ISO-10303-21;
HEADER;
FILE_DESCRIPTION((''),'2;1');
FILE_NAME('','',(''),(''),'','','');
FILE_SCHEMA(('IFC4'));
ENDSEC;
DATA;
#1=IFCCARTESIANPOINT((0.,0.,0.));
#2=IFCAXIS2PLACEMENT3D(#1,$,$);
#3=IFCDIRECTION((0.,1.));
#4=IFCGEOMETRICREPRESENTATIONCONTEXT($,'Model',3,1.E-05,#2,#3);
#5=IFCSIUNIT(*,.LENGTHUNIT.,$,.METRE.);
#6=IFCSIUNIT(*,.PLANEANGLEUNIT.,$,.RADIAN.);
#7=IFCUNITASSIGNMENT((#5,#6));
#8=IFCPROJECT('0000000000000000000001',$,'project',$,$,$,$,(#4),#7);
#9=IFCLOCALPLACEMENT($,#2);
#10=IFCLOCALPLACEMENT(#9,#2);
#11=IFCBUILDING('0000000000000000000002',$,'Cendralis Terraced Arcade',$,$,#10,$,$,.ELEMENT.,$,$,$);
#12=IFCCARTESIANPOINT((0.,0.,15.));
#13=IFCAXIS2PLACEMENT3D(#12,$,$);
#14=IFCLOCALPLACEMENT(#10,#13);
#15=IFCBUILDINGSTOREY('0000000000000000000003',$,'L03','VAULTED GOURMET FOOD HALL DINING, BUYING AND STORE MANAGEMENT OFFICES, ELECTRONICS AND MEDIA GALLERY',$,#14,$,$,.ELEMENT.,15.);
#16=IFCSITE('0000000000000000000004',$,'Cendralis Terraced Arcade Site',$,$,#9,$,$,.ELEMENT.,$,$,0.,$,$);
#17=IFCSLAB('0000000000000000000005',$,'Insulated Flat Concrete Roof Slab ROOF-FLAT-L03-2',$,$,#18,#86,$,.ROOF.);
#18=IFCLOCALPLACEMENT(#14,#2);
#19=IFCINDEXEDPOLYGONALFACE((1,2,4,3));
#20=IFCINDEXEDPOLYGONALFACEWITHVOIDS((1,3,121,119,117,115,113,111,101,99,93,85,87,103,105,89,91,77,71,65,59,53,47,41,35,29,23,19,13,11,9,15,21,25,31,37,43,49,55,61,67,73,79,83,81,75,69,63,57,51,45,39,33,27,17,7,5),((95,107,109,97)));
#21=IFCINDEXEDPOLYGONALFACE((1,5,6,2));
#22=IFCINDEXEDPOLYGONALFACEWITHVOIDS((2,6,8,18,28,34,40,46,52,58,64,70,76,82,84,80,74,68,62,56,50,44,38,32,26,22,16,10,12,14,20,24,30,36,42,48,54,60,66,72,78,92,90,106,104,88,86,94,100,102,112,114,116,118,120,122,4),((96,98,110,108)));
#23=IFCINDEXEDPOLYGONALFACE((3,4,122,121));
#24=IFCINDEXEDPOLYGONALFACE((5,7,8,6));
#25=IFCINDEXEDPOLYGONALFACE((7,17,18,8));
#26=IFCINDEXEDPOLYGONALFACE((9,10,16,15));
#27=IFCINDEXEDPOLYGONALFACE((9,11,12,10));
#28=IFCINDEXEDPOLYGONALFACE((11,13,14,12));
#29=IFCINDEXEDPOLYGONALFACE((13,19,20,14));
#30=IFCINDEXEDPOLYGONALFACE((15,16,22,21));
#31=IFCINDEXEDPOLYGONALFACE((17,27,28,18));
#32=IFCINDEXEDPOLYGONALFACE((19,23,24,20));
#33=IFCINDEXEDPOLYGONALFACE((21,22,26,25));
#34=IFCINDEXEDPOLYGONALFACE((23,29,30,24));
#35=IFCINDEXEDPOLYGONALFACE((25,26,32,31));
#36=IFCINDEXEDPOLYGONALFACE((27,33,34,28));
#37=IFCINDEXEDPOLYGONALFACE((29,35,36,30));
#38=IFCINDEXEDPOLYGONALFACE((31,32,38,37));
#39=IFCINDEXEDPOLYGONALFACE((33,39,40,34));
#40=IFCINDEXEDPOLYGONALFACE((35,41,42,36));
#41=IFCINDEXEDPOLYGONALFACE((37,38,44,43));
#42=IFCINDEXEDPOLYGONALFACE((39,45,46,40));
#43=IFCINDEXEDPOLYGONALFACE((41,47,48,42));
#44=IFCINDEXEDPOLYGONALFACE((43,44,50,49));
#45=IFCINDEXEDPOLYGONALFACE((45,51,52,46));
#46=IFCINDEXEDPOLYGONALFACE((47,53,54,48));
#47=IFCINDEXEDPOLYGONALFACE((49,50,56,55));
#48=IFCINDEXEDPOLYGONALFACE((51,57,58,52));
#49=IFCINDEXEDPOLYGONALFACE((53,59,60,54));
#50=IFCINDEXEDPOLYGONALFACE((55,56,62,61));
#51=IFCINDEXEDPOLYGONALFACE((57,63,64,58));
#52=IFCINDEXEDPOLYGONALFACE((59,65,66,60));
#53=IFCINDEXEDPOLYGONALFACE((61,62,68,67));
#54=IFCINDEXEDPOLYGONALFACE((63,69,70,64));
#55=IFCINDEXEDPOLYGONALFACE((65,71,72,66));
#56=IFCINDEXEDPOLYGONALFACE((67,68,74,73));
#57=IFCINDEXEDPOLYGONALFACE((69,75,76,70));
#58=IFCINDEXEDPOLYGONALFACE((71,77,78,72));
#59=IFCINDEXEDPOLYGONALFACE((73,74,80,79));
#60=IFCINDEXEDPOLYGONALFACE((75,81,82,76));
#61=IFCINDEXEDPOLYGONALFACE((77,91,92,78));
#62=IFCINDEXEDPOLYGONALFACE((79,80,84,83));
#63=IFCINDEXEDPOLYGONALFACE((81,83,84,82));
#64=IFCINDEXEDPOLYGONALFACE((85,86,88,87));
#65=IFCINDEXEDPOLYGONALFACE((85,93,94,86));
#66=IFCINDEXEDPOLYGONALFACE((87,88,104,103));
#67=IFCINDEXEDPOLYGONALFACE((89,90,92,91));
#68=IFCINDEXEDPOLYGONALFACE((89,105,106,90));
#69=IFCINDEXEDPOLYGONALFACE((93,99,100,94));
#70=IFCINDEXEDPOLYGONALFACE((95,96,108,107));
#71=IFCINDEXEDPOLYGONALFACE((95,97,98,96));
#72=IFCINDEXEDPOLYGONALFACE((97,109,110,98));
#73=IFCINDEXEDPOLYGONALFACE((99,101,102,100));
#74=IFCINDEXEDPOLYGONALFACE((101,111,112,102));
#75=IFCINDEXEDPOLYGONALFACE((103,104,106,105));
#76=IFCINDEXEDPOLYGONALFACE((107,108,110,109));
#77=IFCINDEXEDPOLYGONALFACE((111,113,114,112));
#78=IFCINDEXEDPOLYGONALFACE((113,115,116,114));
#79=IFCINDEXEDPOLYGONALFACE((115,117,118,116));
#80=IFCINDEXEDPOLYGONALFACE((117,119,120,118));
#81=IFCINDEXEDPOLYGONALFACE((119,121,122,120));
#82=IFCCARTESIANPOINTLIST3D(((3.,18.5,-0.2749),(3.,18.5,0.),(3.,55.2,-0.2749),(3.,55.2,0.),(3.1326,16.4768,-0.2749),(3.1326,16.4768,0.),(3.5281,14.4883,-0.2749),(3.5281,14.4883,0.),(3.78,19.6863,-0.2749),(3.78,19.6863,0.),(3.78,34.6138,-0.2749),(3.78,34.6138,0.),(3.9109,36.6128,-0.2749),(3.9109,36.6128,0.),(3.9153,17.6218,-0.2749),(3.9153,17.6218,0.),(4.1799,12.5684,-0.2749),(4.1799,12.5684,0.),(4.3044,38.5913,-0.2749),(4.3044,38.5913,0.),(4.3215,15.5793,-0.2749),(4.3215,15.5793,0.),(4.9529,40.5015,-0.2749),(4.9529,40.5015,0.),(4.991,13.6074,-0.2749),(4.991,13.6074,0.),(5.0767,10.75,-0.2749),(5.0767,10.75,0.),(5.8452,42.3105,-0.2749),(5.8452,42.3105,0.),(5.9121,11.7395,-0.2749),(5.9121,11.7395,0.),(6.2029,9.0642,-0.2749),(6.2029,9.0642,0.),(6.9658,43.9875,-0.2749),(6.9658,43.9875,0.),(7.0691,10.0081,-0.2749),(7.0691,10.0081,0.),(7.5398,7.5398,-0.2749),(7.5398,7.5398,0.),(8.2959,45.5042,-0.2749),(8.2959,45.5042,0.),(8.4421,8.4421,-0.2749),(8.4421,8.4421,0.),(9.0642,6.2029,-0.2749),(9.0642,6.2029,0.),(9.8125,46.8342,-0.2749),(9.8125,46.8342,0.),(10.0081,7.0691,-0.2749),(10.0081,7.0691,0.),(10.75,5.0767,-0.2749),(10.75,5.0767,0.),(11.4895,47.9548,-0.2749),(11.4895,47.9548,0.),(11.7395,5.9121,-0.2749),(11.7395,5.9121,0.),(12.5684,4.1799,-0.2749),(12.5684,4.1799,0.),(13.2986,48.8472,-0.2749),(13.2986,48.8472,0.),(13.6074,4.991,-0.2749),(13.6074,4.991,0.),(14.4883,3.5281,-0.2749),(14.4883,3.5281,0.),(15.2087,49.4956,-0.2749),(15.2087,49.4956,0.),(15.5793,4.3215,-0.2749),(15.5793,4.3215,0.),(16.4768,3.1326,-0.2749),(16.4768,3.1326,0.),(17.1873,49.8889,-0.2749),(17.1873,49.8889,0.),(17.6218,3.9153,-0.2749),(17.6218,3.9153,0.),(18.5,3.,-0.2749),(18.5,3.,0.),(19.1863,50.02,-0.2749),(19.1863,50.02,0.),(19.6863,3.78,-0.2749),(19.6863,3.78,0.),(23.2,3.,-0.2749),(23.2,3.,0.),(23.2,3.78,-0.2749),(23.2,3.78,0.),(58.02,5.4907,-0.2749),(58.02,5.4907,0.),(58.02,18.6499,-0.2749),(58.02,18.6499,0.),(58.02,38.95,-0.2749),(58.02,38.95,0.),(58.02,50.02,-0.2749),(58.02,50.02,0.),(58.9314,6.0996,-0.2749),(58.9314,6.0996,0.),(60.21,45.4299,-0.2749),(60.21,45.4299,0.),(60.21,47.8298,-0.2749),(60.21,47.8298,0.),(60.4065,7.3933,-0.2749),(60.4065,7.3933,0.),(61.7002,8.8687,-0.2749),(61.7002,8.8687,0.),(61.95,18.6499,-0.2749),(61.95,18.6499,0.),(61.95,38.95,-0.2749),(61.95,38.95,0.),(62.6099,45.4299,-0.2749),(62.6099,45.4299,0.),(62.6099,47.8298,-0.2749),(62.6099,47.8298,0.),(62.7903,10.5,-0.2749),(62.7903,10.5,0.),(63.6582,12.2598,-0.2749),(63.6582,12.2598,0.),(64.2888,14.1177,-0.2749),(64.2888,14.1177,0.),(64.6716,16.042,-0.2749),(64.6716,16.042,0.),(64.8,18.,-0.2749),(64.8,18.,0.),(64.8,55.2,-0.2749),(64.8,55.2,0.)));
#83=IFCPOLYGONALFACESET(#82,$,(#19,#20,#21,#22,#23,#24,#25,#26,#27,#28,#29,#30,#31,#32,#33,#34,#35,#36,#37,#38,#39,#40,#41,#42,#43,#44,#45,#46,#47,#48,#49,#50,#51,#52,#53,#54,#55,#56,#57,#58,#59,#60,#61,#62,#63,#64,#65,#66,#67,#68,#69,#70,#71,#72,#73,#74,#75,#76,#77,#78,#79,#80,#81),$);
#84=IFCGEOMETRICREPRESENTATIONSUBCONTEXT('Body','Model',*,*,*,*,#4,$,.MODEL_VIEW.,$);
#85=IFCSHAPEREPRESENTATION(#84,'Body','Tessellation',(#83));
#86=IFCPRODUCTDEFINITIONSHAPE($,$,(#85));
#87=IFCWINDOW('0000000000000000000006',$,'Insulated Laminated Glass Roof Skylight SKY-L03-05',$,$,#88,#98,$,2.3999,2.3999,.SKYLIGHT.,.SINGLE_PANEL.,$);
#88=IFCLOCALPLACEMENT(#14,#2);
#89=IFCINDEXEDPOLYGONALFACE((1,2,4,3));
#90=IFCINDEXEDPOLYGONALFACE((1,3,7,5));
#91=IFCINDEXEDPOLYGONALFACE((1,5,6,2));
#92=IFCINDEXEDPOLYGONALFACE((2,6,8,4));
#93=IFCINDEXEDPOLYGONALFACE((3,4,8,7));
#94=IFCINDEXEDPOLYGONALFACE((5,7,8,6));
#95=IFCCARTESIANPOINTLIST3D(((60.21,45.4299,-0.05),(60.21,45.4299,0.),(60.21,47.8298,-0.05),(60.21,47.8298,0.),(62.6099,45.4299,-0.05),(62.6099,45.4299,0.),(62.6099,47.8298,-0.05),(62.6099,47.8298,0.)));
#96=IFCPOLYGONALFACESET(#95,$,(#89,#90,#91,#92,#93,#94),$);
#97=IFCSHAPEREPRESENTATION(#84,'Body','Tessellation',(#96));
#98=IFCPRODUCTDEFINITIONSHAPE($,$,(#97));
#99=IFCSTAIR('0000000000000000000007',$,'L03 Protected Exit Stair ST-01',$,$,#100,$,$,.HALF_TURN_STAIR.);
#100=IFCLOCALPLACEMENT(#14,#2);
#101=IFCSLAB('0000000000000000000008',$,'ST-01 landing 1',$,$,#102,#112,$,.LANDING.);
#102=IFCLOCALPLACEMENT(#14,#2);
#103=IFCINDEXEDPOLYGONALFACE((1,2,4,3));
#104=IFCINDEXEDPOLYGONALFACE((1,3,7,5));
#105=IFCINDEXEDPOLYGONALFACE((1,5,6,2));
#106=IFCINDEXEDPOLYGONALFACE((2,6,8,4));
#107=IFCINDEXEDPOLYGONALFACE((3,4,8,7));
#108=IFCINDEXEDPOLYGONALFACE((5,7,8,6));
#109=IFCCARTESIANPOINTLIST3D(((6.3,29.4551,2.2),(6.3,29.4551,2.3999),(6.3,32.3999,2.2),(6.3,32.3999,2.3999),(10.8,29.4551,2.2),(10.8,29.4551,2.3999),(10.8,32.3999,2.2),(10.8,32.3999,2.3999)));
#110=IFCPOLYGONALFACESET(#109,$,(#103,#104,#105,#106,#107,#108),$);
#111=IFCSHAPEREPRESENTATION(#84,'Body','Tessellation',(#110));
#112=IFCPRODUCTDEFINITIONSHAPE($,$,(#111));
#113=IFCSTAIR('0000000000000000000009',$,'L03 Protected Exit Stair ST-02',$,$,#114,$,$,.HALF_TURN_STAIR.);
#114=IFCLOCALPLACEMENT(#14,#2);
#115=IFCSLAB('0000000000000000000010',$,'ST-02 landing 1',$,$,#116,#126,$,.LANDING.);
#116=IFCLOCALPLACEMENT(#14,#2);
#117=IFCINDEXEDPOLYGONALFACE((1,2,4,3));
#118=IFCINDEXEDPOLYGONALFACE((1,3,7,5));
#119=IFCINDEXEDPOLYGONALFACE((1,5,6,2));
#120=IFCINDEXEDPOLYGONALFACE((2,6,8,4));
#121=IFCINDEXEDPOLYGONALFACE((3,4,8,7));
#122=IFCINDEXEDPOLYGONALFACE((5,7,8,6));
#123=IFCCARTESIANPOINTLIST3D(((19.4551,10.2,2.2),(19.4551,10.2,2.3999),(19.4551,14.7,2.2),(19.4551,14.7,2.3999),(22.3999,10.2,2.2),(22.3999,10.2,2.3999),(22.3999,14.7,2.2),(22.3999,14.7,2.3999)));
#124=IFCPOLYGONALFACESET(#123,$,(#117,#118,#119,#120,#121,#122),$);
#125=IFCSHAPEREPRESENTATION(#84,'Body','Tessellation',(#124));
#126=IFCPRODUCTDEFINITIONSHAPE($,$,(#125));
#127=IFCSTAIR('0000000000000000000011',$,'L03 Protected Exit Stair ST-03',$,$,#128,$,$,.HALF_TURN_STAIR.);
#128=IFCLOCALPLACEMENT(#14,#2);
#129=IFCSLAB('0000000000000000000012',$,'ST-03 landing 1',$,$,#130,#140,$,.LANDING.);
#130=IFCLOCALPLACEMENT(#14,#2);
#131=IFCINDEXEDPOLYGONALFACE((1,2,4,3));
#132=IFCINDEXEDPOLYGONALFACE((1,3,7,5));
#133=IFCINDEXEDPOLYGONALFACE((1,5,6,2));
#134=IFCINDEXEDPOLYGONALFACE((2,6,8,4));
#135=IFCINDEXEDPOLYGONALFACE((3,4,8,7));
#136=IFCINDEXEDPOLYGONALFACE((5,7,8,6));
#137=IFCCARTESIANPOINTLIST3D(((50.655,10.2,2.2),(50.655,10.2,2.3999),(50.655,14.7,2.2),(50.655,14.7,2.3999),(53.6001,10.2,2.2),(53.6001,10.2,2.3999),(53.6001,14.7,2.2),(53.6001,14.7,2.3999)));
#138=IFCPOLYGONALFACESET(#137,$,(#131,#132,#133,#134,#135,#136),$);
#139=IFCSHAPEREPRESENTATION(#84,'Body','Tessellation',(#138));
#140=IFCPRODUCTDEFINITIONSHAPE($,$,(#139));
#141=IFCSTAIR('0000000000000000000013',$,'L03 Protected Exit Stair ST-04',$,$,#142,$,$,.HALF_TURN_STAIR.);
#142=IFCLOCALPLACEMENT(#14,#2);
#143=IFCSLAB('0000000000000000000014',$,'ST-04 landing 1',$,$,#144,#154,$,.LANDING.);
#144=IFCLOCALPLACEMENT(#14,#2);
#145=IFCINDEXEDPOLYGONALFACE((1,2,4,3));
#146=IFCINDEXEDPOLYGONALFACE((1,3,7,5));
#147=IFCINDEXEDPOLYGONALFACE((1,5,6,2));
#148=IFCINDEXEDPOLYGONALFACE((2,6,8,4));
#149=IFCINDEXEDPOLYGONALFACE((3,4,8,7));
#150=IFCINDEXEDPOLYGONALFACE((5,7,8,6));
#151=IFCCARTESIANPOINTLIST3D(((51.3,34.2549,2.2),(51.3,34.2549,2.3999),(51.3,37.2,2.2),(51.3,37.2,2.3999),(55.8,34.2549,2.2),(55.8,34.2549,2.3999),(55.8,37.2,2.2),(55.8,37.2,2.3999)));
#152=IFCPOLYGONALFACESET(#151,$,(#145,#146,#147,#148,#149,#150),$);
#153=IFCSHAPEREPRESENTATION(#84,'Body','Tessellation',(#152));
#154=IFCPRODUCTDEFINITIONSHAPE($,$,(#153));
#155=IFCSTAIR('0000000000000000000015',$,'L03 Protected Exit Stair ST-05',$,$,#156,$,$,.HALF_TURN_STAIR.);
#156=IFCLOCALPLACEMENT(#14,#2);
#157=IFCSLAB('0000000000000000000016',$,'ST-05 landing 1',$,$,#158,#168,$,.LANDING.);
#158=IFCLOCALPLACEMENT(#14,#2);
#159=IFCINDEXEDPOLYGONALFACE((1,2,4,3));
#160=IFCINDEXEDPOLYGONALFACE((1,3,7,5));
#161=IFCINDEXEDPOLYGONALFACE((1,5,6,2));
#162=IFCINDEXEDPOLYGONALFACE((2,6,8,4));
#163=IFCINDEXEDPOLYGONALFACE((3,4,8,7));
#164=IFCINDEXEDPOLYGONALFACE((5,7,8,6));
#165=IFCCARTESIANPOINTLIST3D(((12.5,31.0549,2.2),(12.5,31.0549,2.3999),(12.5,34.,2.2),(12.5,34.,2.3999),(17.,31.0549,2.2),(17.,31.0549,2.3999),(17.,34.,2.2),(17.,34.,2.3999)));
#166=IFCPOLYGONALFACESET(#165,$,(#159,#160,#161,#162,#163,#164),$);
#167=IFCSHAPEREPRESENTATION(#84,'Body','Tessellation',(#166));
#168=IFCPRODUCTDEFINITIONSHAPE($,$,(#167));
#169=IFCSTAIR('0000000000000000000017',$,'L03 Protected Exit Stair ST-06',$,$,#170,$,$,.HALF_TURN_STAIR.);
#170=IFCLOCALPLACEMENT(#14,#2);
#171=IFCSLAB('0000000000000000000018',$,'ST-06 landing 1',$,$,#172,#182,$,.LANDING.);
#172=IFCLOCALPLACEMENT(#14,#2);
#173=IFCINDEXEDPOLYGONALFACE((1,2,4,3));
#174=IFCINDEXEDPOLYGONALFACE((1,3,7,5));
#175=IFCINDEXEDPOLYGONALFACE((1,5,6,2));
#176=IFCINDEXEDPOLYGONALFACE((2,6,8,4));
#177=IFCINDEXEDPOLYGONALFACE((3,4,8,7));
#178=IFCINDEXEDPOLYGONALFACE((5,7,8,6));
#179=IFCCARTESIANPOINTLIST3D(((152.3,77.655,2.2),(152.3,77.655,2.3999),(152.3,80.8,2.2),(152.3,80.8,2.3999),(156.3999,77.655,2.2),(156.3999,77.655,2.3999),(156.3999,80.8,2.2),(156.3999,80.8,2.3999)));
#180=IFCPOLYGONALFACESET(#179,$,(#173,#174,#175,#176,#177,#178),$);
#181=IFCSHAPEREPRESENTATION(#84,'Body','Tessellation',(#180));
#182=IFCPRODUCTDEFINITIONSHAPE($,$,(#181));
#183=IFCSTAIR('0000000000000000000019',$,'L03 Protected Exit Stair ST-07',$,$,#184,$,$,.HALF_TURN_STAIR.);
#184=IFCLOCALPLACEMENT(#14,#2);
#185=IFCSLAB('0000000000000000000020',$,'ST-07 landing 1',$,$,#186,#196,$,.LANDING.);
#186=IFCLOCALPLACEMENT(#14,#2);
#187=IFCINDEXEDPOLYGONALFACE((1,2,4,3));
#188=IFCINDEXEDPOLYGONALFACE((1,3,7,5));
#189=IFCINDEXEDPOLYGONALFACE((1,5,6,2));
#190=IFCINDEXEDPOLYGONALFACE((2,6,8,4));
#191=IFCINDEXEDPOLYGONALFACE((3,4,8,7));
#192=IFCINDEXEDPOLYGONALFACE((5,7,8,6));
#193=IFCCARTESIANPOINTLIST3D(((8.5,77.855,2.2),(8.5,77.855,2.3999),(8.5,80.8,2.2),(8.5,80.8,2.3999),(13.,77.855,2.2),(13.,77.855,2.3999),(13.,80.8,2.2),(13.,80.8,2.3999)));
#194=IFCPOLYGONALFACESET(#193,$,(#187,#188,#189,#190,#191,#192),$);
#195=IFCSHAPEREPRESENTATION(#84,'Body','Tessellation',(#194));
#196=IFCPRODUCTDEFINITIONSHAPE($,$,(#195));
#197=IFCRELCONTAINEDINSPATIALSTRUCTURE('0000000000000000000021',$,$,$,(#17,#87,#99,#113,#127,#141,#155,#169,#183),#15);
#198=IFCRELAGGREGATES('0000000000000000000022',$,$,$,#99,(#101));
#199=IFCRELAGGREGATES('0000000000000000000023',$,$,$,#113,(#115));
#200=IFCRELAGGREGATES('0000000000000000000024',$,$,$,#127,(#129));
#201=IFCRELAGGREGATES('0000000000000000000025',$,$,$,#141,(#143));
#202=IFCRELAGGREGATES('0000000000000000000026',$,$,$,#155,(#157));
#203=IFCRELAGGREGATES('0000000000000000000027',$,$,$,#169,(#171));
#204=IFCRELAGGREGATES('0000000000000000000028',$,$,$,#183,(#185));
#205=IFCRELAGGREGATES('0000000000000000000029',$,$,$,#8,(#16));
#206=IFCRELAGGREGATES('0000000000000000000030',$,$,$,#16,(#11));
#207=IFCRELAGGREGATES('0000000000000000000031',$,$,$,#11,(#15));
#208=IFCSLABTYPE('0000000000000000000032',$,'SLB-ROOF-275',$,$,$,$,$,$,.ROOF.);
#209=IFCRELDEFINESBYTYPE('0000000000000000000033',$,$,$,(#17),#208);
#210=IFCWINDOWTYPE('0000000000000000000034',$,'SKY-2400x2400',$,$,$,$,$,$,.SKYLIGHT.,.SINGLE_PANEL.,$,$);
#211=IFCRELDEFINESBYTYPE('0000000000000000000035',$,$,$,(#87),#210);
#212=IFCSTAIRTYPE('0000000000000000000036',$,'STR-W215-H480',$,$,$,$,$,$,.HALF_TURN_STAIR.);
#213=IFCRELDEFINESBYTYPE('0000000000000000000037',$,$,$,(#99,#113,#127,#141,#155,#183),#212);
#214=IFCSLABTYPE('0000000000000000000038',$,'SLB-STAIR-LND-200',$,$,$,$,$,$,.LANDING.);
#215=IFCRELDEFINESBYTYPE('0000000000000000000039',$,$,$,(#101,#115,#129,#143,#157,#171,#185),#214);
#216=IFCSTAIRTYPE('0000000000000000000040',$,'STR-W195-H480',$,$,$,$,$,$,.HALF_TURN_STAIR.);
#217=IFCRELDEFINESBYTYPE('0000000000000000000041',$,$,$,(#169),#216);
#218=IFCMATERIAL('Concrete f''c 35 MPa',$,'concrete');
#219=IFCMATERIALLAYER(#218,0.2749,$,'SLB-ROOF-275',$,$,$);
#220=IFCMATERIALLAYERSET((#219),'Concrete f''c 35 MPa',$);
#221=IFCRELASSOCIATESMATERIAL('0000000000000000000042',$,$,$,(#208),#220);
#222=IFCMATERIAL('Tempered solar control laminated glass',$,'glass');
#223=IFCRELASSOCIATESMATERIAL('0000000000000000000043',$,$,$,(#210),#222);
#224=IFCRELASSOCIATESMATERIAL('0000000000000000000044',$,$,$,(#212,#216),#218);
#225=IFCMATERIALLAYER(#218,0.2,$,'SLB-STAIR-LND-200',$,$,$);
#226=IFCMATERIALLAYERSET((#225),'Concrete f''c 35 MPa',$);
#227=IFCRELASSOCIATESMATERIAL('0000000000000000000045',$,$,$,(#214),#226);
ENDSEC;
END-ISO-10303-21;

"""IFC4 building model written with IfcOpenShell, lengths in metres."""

from ifc_helpers import new_model, si_unit, direction, frame, origin, origin_2d, place, context, subcontext, project, spatial, polyline, rectangle, outline, extrude, material, layer, layer_set, type_object, element, fill, aggregate, save


model = new_model("IFC4")

# Units and contexts
model_context = context("Model", 3, precision=1e-05, world=origin(), true_north=direction((0.0, 1.0)))
body_context = subcontext(model_context, "Body", "Model", "MODEL_VIEW")
ifc_project = project(units=[si_unit("LENGTHUNIT", "METRE"), si_unit("PLANEANGLEUNIT", "RADIAN")], contexts=[model_context])

# Site, building, storey
site_placement = place(None, origin())
site = spatial("IfcSite", under=ifc_project, at=site_placement, Name="Cendralis Terraced Arcade Site", CompositionType="ELEMENT", RefElevation=0.0)
building_placement = place(site_placement, origin())
building = spatial("IfcBuilding", under=site, at=building_placement, Name="Cendralis Terraced Arcade", CompositionType="ELEMENT")
storey_placement = place(building_placement, frame((0.0, 0.0, 15.0)))
storey = spatial("IfcBuildingStorey", under=building, at=storey_placement, Name="L03", Description="VAULTED GOURMET FOOD HALL DINING, BUYING AND STORE MANAGEMENT OFFICES, ELECTRONICS AND MEDIA GALLERY", CompositionType="ELEMENT", Elevation=15.0)

# Shared definitions
ifc_material_1 = material(Name="Concrete f'c 35 MPa", Category="concrete")

# Slab, opening, window
ifc_layer_1 = layer(ifc_material_1, 0.2749, Name="SLB-ROOF-275")
ifc_layer_set_1 = layer_set([ifc_layer_1], Name="Concrete f'c 35 MPa")
slab_type_1 = type_object("IfcSlabType", Name="SLB-ROOF-275", PredefinedType="ROOF", material=ifc_layer_set_1)
ifc_material_2 = material(Name="Tempered solar control laminated glass", Category="glass")
slab_1_placement = place(storey_placement, frame((0.0, 0.0, -0.2749)))
slab_1 = element("IfcSlab", 1, at=slab_1_placement, inside=storey, type_object=slab_type_1, Name="Insulated Flat Concrete Roof Slab ROOF-FLAT-L03-2", PredefinedType="ROOF", context=body_context, shape_type="SweptSolid", body=[
    extrude(outline(polyline([(62.7903, 10.5), (61.7002, 8.8687), (60.4065, 7.3933), (58.9314, 6.0996), (58.02, 5.4907), (58.02, 18.6499), (61.95, 18.6499), (61.95, 38.95), (58.02, 38.95), (58.02, 50.02), (19.1863, 50.02), (17.1873, 49.8889), (15.2087, 49.4956), (13.2986, 48.8472), (11.4895, 47.9548), (9.8125, 46.8342), (8.2959, 45.5042), (6.9658, 43.9875), (5.8452, 42.3105), (4.9529, 40.5015), (4.3044, 38.5913), (3.9109, 36.6128), (3.78, 34.6138), (3.78, 19.6863), (3.9153, 17.6218), (4.3215, 15.5793), (4.991, 13.6074), (5.9121, 11.7395), (7.0691, 10.0081), (8.4421, 8.4421), (10.0081, 7.0691), (11.7395, 5.9121), (13.6074, 4.991), (15.5793, 4.3215), (17.6218, 3.9153), (19.6863, 3.78), (23.2, 3.78), (23.2, 3.0), (18.5, 3.0), (16.4768, 3.1326), (14.4883, 3.5281), (12.5684, 4.1799), (10.75, 5.0767), (9.0642, 6.2029), (7.5398, 7.5398), (6.2029, 9.0642), (5.0767, 10.75), (4.1799, 12.5684), (3.5281, 14.4883), (3.1326, 16.4768), (3.0, 18.5), (3.0, 55.2), (64.8, 55.2), (64.8, 18.0), (64.6716, 16.042), (64.2888, 14.1177), (63.6582, 12.2598), (62.7903, 10.5)])), origin(), (0.0, 0.0, 1.0), 0.2749),
])
opening_1_placement = place(slab_1_placement, frame((61.4099, 46.6299, 0.0)))
opening_1 = element("IfcOpeningElement", 2, at=opening_1_placement, cuts=slab_1, PredefinedType="OPENING", context=body_context, shape_type="SweptSolid", body=[
    extrude(rectangle(XDim=2.3999, YDim=2.3999, at=origin_2d()), frame((0.0, 0.0, -0.012)), (0.0, 0.0, 1.0), 0.2988),
])
window_type_1 = type_object("IfcWindowType", Name="SKY-2400x2400", PartitioningType="SINGLE_PANEL", PredefinedType="SKYLIGHT", material=ifc_material_2)
window_1_placement = place(opening_1_placement, frame((0.0, 0.0, 0.2249)))
window_1 = element("IfcWindow", 3, at=window_1_placement, inside=storey, type_object=window_type_1, Name="Insulated Laminated Glass Roof Skylight SKY-L03-05", OverallHeight=2.3999, OverallWidth=2.3999, PartitioningType="SINGLE_PANEL", PredefinedType="SKYLIGHT", context=body_context, shape_type="SweptSolid", body=[
    extrude(rectangle(XDim=2.3999, YDim=2.3999, at=origin_2d()), origin(), (0.0, 0.0, 1.0), 0.05),
])
fill(opening_1, window_1)

# Stairs, slabs
stair_type_1 = type_object("IfcStairType", Name="STR-W215-H480", PredefinedType="HALF_TURN_STAIR", material=ifc_material_1)
stair_1_placement = place(storey_placement, origin())
stair_1 = element("IfcStair", 4, at=stair_1_placement, inside=storey, type_object=stair_type_1, Name="L03 Protected Exit Stair ST-01", PredefinedType="HALF_TURN_STAIR")
ifc_layer_2 = layer(ifc_material_1, 0.2, Name="SLB-STAIR-LND-200")
ifc_layer_set_2 = layer_set([ifc_layer_2], Name="Concrete f'c 35 MPa")
slab_type_2 = type_object("IfcSlabType", Name="SLB-STAIR-LND-200", PredefinedType="LANDING", material=ifc_layer_set_2)
slab_2_placement = place(storey_placement, frame((0.0, 0.0, 2.2)))
slab_2 = element("IfcSlab", 5, at=slab_2_placement, type_object=slab_type_2, Name="ST-01 landing 1", PredefinedType="LANDING", context=body_context, shape_type="SweptSolid", body=[
    extrude(outline(polyline([(10.8, 29.4551), (10.8, 32.3999), (6.3, 32.3999), (6.3, 29.4551), (10.8, 29.4551)])), origin(), (0.0, 0.0, 1.0), 0.2),
])
aggregate(stair_1, [slab_2])
stair_2_placement = place(storey_placement, origin())
stair_2 = element("IfcStair", 6, at=stair_2_placement, inside=storey, type_object=stair_type_1, Name="L03 Protected Exit Stair ST-02", PredefinedType="HALF_TURN_STAIR")
slab_3_placement = place(storey_placement, frame((0.0, 0.0, 2.2)))
slab_3 = element("IfcSlab", 7, at=slab_3_placement, type_object=slab_type_2, Name="ST-02 landing 1", PredefinedType="LANDING", context=body_context, shape_type="SweptSolid", body=[
    extrude(outline(polyline([(19.4551, 10.2), (22.3999, 10.2), (22.3999, 14.7), (19.4551, 14.7), (19.4551, 10.2)])), origin(), (0.0, 0.0, 1.0), 0.2),
])
aggregate(stair_2, [slab_3])
stair_3_placement = place(storey_placement, origin())
stair_3 = element("IfcStair", 8, at=stair_3_placement, inside=storey, type_object=stair_type_1, Name="L03 Protected Exit Stair ST-03", PredefinedType="HALF_TURN_STAIR")
slab_4_placement = place(storey_placement, frame((0.0, 0.0, 2.2)))
slab_4 = element("IfcSlab", 9, at=slab_4_placement, type_object=slab_type_2, Name="ST-03 landing 1", PredefinedType="LANDING", context=body_context, shape_type="SweptSolid", body=[
    extrude(outline(polyline([(50.655, 10.2), (53.6001, 10.2), (53.6001, 14.7), (50.655, 14.7), (50.655, 10.2)])), origin(), (0.0, 0.0, 1.0), 0.2),
])
aggregate(stair_3, [slab_4])
stair_4_placement = place(storey_placement, origin())
stair_4 = element("IfcStair", 10, at=stair_4_placement, inside=storey, type_object=stair_type_1, Name="L03 Protected Exit Stair ST-04", PredefinedType="HALF_TURN_STAIR")
slab_5_placement = place(storey_placement, frame((0.0, 0.0, 2.2)))
slab_5 = element("IfcSlab", 11, at=slab_5_placement, type_object=slab_type_2, Name="ST-04 landing 1", PredefinedType="LANDING", context=body_context, shape_type="SweptSolid", body=[
    extrude(outline(polyline([(55.8, 34.2549), (55.8, 37.2), (51.3, 37.2), (51.3, 34.2549), (55.8, 34.2549)])), origin(), (0.0, 0.0, 1.0), 0.2),
])
aggregate(stair_4, [slab_5])
stair_5_placement = place(storey_placement, origin())
stair_5 = element("IfcStair", 12, at=stair_5_placement, inside=storey, type_object=stair_type_1, Name="L03 Protected Exit Stair ST-05", PredefinedType="HALF_TURN_STAIR")
slab_6_placement = place(storey_placement, frame((0.0, 0.0, 2.2)))
slab_6 = element("IfcSlab", 13, at=slab_6_placement, type_object=slab_type_2, Name="ST-05 landing 1", PredefinedType="LANDING", context=body_context, shape_type="SweptSolid", body=[
    extrude(outline(polyline([(17.0, 31.0549), (17.0, 34.0), (12.5, 34.0), (12.5, 31.0549), (17.0, 31.0549)])), origin(), (0.0, 0.0, 1.0), 0.2),
])
aggregate(stair_5, [slab_6])
stair_type_2 = type_object("IfcStairType", Name="STR-W195-H480", PredefinedType="HALF_TURN_STAIR", material=ifc_material_1)
stair_6_placement = place(storey_placement, origin())
stair_6 = element("IfcStair", 14, at=stair_6_placement, inside=storey, type_object=stair_type_2, Name="L03 Protected Exit Stair ST-06", PredefinedType="HALF_TURN_STAIR")
slab_7_placement = place(storey_placement, frame((0.0, 0.0, 2.2)))
slab_7 = element("IfcSlab", 15, at=slab_7_placement, type_object=slab_type_2, Name="ST-06 landing 1", PredefinedType="LANDING", context=body_context, shape_type="SweptSolid", body=[
    extrude(outline(polyline([(156.3999, 77.655), (156.3999, 80.8), (152.3, 80.8), (152.3, 77.655), (156.3999, 77.655)])), origin(), (0.0, 0.0, 1.0), 0.2),
])
aggregate(stair_6, [slab_7])
stair_7_placement = place(storey_placement, origin())
stair_7 = element("IfcStair", 16, at=stair_7_placement, inside=storey, type_object=stair_type_1, Name="L03 Protected Exit Stair ST-07", PredefinedType="HALF_TURN_STAIR")
slab_8_placement = place(storey_placement, frame((0.0, 0.0, 2.2)))
slab_8 = element("IfcSlab", 17, at=slab_8_placement, type_object=slab_type_2, Name="ST-07 landing 1", PredefinedType="LANDING", context=body_context, shape_type="SweptSolid", body=[
    extrude(outline(polyline([(13.0, 77.855), (13.0, 80.8), (8.5, 80.8), (8.5, 77.855), (13.0, 77.855)])), origin(), (0.0, 0.0, 1.0), 0.2),
])
aggregate(stair_7, [slab_8])

save(model, "model.ifc")
